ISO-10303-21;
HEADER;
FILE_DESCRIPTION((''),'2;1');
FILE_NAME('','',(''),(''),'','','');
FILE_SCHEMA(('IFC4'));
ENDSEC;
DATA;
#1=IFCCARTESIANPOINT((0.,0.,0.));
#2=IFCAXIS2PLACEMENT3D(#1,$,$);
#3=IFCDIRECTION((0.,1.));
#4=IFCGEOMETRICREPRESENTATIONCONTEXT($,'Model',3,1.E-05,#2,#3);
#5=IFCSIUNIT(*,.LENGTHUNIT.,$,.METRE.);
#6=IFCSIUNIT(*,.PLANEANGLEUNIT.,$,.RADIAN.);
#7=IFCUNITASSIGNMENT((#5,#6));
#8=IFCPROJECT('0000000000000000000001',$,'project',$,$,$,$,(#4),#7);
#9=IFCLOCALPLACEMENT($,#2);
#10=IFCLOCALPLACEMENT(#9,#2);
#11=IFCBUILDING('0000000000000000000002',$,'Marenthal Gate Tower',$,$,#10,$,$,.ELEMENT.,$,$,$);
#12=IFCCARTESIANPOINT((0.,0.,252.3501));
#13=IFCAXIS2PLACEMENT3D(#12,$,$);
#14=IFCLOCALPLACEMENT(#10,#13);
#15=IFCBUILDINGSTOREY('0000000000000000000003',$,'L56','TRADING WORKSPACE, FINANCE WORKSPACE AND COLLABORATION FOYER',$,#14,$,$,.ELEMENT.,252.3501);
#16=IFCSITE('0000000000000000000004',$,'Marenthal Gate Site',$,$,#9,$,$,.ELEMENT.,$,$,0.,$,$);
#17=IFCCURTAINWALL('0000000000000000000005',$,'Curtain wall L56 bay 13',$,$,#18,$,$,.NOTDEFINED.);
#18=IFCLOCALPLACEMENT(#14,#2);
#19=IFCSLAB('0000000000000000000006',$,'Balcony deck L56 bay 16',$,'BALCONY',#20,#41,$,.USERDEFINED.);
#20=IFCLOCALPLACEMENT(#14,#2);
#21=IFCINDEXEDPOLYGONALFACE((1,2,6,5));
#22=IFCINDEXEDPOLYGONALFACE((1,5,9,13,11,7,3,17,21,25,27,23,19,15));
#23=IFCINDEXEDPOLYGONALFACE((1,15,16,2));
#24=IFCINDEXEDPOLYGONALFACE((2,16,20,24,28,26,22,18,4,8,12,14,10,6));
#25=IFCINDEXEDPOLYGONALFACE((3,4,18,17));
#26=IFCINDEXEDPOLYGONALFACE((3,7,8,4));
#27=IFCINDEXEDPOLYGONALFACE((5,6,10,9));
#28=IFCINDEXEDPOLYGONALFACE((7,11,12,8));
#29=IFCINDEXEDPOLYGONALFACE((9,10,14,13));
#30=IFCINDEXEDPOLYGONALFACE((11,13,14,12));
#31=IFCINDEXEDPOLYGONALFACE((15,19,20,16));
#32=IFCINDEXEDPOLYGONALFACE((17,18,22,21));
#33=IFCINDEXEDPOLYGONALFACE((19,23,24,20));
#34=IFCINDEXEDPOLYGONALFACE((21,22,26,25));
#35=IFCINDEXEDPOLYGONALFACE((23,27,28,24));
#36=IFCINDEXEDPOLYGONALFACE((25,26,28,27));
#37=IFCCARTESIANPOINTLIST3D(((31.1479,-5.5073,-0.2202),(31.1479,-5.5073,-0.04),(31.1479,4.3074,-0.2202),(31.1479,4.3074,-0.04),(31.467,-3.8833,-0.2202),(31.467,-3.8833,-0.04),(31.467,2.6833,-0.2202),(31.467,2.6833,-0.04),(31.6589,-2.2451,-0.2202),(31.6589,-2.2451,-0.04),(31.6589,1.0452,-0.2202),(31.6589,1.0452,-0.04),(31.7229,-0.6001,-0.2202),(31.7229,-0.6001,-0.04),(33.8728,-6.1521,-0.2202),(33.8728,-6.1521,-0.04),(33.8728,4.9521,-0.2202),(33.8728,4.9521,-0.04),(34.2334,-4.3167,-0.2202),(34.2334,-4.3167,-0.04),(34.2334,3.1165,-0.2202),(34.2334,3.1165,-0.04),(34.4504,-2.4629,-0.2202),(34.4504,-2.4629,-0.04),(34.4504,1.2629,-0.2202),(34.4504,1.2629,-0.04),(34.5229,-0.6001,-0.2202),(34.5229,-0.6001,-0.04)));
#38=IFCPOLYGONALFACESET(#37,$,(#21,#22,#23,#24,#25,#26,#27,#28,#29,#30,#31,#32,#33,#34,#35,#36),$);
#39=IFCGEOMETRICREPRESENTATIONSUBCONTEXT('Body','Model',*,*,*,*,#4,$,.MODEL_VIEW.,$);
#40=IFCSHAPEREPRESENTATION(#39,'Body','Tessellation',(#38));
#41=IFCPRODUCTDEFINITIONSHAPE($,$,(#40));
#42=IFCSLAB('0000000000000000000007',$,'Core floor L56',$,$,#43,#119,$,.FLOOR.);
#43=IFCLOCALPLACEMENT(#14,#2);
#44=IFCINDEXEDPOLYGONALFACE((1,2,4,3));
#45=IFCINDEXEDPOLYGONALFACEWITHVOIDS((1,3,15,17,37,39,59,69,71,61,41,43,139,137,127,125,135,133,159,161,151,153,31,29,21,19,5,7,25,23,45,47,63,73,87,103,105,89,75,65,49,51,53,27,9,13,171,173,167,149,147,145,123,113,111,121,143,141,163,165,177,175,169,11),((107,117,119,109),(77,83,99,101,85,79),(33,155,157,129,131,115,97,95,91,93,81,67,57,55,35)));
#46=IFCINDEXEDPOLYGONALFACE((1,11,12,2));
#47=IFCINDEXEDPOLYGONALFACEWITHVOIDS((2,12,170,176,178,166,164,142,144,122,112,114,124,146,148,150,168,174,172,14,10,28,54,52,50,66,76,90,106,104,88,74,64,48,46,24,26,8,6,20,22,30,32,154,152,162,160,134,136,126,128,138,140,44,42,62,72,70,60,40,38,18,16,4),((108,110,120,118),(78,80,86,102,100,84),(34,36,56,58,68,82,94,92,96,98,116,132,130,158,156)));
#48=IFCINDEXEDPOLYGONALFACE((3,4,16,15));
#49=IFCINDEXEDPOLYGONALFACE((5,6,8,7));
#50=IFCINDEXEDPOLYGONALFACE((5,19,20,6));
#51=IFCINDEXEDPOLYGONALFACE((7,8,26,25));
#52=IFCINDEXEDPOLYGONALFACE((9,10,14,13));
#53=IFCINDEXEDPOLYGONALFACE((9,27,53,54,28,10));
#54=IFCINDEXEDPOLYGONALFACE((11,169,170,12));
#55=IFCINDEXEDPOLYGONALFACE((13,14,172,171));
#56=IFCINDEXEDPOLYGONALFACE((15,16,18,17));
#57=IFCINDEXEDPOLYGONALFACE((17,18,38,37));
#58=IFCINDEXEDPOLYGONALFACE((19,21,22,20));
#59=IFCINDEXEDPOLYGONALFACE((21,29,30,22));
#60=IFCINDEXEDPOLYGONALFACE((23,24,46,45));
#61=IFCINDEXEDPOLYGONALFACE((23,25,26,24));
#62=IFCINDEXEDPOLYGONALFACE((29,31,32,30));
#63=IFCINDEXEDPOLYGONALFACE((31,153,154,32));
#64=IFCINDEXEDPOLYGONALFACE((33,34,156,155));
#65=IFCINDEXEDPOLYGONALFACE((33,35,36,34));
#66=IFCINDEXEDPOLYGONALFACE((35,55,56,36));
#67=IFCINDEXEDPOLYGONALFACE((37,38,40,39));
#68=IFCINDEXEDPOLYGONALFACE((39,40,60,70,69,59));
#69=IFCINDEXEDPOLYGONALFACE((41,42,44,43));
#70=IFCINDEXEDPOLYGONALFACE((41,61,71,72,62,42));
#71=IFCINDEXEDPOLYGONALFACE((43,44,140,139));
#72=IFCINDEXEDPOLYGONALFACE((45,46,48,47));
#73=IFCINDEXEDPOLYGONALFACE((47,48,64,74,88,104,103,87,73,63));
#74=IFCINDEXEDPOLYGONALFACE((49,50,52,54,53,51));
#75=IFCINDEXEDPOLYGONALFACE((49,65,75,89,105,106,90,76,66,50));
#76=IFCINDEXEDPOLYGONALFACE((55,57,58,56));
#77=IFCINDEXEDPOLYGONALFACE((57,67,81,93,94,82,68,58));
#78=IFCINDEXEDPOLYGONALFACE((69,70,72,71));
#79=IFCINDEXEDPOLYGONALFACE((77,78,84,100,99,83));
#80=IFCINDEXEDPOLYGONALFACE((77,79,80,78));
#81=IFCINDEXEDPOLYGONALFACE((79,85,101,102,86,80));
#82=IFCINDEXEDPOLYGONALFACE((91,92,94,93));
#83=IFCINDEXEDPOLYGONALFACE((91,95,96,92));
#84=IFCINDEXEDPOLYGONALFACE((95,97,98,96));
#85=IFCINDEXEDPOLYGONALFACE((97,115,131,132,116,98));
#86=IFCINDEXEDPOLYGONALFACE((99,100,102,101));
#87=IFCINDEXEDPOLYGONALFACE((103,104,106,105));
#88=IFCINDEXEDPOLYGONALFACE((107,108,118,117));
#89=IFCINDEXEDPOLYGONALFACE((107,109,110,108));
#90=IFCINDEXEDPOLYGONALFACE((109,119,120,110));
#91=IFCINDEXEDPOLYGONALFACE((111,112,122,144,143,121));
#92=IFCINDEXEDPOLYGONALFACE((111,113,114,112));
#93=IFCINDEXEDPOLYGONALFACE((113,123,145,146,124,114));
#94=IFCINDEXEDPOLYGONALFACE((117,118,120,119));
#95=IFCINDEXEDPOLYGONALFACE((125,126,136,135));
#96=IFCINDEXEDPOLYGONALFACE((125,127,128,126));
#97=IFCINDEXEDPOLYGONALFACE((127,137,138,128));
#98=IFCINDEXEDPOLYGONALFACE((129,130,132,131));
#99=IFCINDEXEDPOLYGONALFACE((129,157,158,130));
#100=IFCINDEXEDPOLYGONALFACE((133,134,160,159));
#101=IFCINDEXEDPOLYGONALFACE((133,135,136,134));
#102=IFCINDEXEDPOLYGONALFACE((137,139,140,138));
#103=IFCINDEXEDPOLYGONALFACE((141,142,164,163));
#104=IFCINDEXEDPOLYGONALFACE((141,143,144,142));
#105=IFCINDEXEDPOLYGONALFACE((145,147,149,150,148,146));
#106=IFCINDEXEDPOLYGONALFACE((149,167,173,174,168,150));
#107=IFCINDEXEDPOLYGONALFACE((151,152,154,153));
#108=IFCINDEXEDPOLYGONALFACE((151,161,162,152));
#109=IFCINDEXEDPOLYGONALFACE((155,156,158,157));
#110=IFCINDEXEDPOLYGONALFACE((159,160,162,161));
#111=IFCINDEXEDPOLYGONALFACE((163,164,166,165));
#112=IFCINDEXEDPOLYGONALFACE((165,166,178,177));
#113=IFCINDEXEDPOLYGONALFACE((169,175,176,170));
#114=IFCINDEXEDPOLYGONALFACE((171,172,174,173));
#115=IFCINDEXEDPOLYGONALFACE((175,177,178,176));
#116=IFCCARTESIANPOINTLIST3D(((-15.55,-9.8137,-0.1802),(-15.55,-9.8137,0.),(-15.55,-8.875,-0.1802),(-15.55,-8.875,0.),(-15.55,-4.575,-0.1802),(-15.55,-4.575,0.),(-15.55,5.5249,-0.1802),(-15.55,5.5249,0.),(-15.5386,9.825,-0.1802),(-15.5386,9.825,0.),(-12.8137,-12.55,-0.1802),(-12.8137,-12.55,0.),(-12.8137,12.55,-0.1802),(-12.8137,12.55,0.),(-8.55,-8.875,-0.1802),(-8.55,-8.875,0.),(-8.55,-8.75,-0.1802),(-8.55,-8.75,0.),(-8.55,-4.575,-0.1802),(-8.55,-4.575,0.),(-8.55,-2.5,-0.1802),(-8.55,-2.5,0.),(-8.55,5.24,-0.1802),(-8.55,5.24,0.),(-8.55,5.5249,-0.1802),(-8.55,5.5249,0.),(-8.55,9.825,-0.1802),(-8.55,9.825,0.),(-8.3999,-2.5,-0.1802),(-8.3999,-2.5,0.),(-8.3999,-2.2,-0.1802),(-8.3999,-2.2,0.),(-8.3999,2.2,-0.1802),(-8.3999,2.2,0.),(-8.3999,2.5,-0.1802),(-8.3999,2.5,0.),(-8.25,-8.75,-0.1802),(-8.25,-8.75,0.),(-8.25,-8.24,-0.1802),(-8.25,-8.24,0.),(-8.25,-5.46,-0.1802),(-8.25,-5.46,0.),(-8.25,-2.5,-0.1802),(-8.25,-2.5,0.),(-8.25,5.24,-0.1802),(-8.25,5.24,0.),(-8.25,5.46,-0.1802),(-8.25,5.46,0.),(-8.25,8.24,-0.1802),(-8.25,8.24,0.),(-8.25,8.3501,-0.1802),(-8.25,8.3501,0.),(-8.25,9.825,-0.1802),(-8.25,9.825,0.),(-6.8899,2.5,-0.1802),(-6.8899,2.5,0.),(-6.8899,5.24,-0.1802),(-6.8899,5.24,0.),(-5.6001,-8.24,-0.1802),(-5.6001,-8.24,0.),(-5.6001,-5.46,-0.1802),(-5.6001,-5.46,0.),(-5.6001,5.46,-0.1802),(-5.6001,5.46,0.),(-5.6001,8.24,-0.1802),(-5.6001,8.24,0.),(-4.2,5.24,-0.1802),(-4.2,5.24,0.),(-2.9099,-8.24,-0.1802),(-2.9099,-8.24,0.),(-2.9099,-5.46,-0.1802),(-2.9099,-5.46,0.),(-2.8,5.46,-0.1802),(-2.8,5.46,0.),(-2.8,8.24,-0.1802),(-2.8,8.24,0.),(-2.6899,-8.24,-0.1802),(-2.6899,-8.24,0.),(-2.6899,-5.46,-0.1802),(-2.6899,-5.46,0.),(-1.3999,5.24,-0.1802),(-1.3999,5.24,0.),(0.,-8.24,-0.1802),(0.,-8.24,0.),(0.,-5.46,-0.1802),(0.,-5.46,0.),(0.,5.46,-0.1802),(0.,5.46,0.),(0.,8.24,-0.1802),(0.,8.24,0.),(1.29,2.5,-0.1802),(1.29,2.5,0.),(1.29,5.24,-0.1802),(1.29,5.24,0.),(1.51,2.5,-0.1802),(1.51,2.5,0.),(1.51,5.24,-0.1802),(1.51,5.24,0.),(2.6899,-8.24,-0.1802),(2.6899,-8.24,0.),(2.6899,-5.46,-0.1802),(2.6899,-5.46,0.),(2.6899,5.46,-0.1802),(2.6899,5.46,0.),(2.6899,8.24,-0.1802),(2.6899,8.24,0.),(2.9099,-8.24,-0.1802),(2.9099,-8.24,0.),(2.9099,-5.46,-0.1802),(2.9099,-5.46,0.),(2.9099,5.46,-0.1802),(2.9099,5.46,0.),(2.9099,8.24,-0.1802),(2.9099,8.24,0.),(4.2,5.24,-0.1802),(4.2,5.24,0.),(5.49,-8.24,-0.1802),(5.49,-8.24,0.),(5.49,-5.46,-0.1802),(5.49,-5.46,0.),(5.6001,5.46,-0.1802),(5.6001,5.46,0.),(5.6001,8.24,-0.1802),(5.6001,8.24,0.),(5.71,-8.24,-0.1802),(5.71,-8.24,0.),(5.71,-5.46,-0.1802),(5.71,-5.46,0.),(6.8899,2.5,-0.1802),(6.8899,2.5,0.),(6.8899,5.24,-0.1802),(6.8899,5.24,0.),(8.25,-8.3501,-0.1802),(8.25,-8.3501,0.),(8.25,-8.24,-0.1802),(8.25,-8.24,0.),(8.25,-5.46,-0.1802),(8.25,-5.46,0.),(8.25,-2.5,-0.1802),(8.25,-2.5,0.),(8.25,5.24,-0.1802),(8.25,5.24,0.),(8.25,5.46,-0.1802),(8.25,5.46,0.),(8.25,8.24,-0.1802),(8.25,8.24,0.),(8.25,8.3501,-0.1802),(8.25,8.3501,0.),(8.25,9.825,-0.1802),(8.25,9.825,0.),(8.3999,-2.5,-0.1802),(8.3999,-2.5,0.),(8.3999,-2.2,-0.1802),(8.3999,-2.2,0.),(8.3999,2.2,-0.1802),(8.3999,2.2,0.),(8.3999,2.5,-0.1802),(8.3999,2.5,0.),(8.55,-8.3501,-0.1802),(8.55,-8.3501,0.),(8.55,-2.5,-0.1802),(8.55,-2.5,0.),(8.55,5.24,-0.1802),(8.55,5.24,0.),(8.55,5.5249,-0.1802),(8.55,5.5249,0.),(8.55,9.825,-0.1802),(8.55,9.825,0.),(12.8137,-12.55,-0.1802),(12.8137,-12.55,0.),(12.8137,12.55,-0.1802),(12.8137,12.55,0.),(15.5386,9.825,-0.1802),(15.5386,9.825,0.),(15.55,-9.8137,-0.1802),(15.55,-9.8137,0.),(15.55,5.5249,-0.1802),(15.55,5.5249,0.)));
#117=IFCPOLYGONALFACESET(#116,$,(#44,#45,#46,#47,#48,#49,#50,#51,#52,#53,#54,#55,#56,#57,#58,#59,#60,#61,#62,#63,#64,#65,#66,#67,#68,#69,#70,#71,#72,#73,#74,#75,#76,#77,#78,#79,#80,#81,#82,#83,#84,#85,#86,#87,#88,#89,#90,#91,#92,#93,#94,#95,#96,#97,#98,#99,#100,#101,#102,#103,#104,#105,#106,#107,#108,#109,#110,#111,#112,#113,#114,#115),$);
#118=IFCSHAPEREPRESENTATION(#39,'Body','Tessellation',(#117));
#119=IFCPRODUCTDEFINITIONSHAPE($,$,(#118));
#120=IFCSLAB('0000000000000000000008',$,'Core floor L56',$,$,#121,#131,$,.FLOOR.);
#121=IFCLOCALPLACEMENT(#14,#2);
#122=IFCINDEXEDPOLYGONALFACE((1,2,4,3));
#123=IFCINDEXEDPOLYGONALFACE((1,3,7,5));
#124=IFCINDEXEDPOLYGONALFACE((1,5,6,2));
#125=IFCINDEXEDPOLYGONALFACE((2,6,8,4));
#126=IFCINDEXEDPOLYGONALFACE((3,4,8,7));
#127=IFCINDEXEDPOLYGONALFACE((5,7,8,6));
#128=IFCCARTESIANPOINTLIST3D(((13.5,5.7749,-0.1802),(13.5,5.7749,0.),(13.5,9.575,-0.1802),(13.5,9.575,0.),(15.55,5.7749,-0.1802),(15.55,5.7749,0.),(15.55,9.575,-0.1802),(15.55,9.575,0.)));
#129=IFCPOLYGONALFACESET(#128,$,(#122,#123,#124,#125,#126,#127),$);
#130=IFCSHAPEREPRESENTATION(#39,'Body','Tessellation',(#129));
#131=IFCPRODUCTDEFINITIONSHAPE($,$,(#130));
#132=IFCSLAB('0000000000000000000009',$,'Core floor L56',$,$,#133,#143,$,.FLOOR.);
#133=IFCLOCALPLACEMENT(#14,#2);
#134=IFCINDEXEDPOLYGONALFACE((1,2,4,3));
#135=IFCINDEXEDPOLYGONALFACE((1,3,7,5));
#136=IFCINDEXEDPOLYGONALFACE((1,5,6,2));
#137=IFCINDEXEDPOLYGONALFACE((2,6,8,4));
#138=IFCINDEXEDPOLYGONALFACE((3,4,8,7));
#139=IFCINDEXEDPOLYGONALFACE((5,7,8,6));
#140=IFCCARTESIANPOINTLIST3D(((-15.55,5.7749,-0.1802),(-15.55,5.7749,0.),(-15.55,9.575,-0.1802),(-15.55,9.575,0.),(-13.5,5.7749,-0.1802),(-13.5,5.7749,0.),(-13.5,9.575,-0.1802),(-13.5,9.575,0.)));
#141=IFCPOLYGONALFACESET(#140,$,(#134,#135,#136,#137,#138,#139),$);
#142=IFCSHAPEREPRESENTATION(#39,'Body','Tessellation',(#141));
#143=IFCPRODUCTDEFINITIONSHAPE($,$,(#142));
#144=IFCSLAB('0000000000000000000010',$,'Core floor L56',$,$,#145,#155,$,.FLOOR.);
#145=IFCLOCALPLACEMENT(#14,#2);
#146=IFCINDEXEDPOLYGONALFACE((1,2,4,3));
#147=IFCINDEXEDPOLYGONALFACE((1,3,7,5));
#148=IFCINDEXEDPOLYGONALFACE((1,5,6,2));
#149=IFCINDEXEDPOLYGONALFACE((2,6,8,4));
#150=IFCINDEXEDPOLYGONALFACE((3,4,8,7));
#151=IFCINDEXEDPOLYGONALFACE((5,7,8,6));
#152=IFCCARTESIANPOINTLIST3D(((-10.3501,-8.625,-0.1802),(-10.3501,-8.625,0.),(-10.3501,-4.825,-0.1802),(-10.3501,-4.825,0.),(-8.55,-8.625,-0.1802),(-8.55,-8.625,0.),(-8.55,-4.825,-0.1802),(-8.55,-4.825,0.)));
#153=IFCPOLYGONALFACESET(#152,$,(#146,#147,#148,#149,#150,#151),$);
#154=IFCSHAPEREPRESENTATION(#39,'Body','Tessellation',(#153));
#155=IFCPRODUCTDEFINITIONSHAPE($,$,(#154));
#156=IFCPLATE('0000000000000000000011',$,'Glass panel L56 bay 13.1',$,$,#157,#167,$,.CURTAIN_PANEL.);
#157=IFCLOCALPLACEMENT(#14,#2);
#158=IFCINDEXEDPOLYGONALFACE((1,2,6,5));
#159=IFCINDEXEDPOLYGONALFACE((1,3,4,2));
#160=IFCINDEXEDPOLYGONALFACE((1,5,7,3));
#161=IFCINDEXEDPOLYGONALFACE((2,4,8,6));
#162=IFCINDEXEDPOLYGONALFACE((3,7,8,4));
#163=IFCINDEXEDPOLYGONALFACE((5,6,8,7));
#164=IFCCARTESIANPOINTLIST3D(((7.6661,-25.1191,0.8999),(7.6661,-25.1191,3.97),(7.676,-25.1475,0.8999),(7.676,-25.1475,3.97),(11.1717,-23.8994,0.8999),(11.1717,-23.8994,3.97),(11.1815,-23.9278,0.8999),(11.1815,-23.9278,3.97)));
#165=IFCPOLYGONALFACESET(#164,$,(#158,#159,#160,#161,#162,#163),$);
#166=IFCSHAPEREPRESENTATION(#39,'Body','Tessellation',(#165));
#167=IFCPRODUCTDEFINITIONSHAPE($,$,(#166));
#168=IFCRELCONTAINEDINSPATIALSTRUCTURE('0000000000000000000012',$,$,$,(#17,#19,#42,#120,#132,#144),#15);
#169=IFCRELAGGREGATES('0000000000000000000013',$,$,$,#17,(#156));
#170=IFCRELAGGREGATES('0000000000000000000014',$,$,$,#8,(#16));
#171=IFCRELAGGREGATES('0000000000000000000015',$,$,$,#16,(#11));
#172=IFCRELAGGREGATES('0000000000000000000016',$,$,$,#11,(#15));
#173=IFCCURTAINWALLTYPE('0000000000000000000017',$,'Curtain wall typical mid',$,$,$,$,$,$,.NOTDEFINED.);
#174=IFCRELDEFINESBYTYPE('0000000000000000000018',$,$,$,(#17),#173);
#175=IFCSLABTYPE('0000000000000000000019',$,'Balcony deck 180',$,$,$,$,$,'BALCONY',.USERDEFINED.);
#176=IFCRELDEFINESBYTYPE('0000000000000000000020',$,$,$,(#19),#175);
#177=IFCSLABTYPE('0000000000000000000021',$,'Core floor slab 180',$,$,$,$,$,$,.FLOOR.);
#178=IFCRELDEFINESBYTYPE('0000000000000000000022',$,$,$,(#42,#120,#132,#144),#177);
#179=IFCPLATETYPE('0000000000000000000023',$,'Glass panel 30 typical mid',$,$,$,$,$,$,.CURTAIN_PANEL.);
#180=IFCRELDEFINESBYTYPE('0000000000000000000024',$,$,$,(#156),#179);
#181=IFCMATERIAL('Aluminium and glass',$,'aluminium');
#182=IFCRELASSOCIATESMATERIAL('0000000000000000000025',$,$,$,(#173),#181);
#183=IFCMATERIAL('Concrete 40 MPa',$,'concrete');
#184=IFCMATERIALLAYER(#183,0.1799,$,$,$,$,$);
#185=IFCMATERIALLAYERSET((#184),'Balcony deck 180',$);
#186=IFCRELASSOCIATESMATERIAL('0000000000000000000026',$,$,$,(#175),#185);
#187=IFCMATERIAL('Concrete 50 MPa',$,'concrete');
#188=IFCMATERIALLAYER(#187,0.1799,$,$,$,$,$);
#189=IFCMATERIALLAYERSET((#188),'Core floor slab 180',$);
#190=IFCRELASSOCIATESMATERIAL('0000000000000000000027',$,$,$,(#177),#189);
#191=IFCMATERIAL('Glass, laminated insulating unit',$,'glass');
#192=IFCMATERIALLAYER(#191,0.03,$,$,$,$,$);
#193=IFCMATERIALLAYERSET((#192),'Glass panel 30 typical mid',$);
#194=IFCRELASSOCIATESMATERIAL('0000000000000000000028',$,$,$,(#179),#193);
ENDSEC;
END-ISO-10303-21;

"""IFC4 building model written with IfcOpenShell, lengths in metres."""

from ifc_helpers import new_model, si_unit, direction, frame, origin, origin_2d, place, context, subcontext, project, spatial, polyline, rectangle, outline, extrude, material, layer, layer_set, type_object, element, aggregate, save


model = new_model("IFC4")

# Units and contexts
model_context = context("Model", 3, precision=1e-05, world=origin(), true_north=direction((0.0, 1.0)))
body_context = subcontext(model_context, "Body", "Model", "MODEL_VIEW")
ifc_project = project(units=[si_unit("LENGTHUNIT", "METRE"), si_unit("PLANEANGLEUNIT", "RADIAN")], contexts=[model_context])

# Site, building, storey
site_placement = place(None, origin())
site = spatial("IfcSite", under=ifc_project, at=site_placement, Name="Marenthal Gate Site", CompositionType="ELEMENT", RefElevation=0.0)
building_placement = place(site_placement, origin())
building = spatial("IfcBuilding", under=site, at=building_placement, Name="Marenthal Gate Tower", CompositionType="ELEMENT")
storey_placement = place(building_placement, frame((0.0, 0.0, 252.3501)))
storey = spatial("IfcBuildingStorey", under=building, at=storey_placement, Name="L56", Description="TRADING WORKSPACE, FINANCE WORKSPACE AND COLLABORATION FOYER", CompositionType="ELEMENT", Elevation=252.3501)

# Curtain wall
ifc_material_1 = material(Name="Aluminium and glass", Category="aluminium")
curtain_wall_type = type_object("IfcCurtainWallType", Name="Curtain wall typical mid", PredefinedType="NOTDEFINED", material=ifc_material_1)
curtain_wall_placement = place(storey_placement, origin())
curtain_wall = element("IfcCurtainWall", 1, at=curtain_wall_placement, inside=storey, type_object=curtain_wall_type, Name="Curtain wall L56 bay 13", PredefinedType="NOTDEFINED")

# Slabs
ifc_material_2 = material(Name="Concrete 40 MPa", Category="concrete")
ifc_layer_1 = layer(ifc_material_2, 0.1799)
ifc_layer_set_1 = layer_set([ifc_layer_1], Name="Balcony deck 180")
slab_type_1 = type_object("IfcSlabType", Name="Balcony deck 180", ElementType="BALCONY", PredefinedType="USERDEFINED", material=ifc_layer_set_1)
slab_1_placement = place(storey_placement, frame((0.0, 0.0, -0.2202)))
element("IfcSlab", 2, at=slab_1_placement, inside=storey, type_object=slab_type_1, Name="Balcony deck L56 bay 16", ObjectType="BALCONY", PredefinedType="USERDEFINED", context=body_context, shape_type="SweptSolid", body=[
    extrude(outline(polyline([(31.1479, -5.5073), (31.467, -3.8833), (31.6589, -2.2451), (31.7229, -0.6001), (31.6589, 1.0452), (31.467, 2.6833), (31.1479, 4.3074), (33.8728, 4.9521), (34.2334, 3.1165), (34.4504, 1.2629), (34.5229, -0.6001), (34.4504, -2.4629), (34.2334, -4.3167), (33.8728, -6.1521), (31.1479, -5.5073)])), origin(), (0.0, 0.0, 1.0), 0.1802),
])
ifc_material_3 = material(Name="Concrete 50 MPa", Category="concrete")
ifc_layer_2 = layer(ifc_material_3, 0.1799)
ifc_layer_set_2 = layer_set([ifc_layer_2], Name="Core floor slab 180")
slab_type_2 = type_object("IfcSlabType", Name="Core floor slab 180", PredefinedType="FLOOR", material=ifc_layer_set_2)
slab_2_placement = place(storey_placement, frame((0.0, 0.0, -0.1802)))
element("IfcSlab", 3, at=slab_2_placement, inside=storey, type_object=slab_type_2, Name="Core floor L56", PredefinedType="FLOOR", context=body_context, shape_type="SweptSolid", body=[
    extrude(outline(polyline([(12.8137, -12.55), (-12.8137, -12.55), (-15.55, -9.8137), (-15.55, -8.875), (-8.55, -8.875), (-8.55, -8.75), (-8.25, -8.75), (-8.25, -8.24), (-5.6001, -8.24), (-2.9099, -8.24), (-2.9099, -5.46), (-5.6001, -5.46), (-8.25, -5.46), (-8.25, -2.5), (8.25, -2.5), (8.25, -5.46), (5.71, -5.46), (5.71, -8.24), (8.25, -8.24), (8.25, -8.3501), (8.55, -8.3501), (8.55, -2.5), (8.3999, -2.5), (8.3999, -2.2), (-8.3999, -2.2), (-8.3999, -2.5), (-8.55, -2.5), (-8.55, -4.575), (-15.55, -4.575), (-15.55, 5.5249), (-8.55, 5.5249), (-8.55, 5.24), (-8.25, 5.24), (-8.25, 5.46), (-5.6001, 5.46), (-2.8, 5.46), (0.0, 5.46), (2.6899, 5.46), (2.6899, 8.24), (0.0, 8.24), (-2.8, 8.24), (-5.6001, 8.24), (-8.25, 8.24), (-8.25, 8.3501), (-8.25, 9.825), (-8.55, 9.825), (-15.5386, 9.825), (-12.8137, 12.55), (12.8137, 12.55), (15.5386, 9.825), (8.55, 9.825), (8.25, 9.825), (8.25, 8.3501), (8.25, 8.24), (5.6001, 8.24), (2.9099, 8.24), (2.9099, 5.46), (5.6001, 5.46), (8.25, 5.46), (8.25, 5.24), (8.55, 5.24), (8.55, 5.5249), (15.55, 5.5249), (15.55, -9.8137), (12.8137, -12.55)]), holes=[polyline([(2.6899, -8.24), (2.6899, -5.46), (0.0, -5.46), (-2.6899, -5.46), (-2.6899, -8.24), (0.0, -8.24), (2.6899, -8.24)]), polyline([(-6.8899, 5.24), (-6.8899, 2.5), (-8.3999, 2.5), (-8.3999, 2.2), (8.3999, 2.2), (8.3999, 2.5), (6.8899, 2.5), (6.8899, 5.24), (4.2, 5.24), (1.51, 5.24), (1.51, 2.5), (1.29, 2.5), (1.29, 5.24), (-1.3999, 5.24), (-4.2, 5.24), (-6.8899, 5.24)]), polyline([(5.49, -5.46), (2.9099, -5.46), (2.9099, -8.24), (5.49, -8.24), (5.49, -5.46)])]), origin(), (0.0, 0.0, 1.0), 0.1802),
])
slab_3_placement = place(storey_placement, frame((0.0, 0.0, -0.1802)))
element("IfcSlab", 4, at=slab_3_placement, inside=storey, type_object=slab_type_2, Name="Core floor L56", PredefinedType="FLOOR", context=body_context, shape_type="SweptSolid", body=[
    extrude(outline(polyline([(15.55, 5.7749), (13.5, 5.7749), (13.5, 9.575), (15.55, 9.575), (15.55, 5.7749)])), origin(), (0.0, 0.0, 1.0), 0.1802),
])
slab_4_placement = place(storey_placement, frame((0.0, 0.0, -0.1802)))
element("IfcSlab", 5, at=slab_4_placement, inside=storey, type_object=slab_type_2, Name="Core floor L56", PredefinedType="FLOOR", context=body_context, shape_type="SweptSolid", body=[
    extrude(outline(polyline([(-15.55, 9.575), (-13.5, 9.575), (-13.5, 5.7749), (-15.55, 5.7749), (-15.55, 9.575)])), origin(), (0.0, 0.0, 1.0), 0.1802),
])
slab_5_placement = place(storey_placement, frame((0.0, 0.0, -0.1802)))
element("IfcSlab", 6, at=slab_5_placement, inside=storey, type_object=slab_type_2, Name="Core floor L56", PredefinedType="FLOOR", context=body_context, shape_type="SweptSolid", body=[
    extrude(outline(polyline([(-8.55, -8.625), (-10.3501, -8.625), (-10.3501, -4.825), (-8.55, -4.825), (-8.55, -8.625)])), origin(), (0.0, 0.0, 1.0), 0.1802),
])

# Plate
ifc_material_4 = material(Name="Glass, laminated insulating unit", Category="glass")
ifc_layer_3 = layer(ifc_material_4, 0.03)
ifc_layer_set_3 = layer_set([ifc_layer_3], Name="Glass panel 30 typical mid")
plate_type = type_object("IfcPlateType", Name="Glass panel 30 typical mid", PredefinedType="CURTAIN_PANEL", material=ifc_layer_set_3)
plate_1_placement = place(storey_placement, frame((9.4238, -24.5234, 0.8999), z_axis=(0.0, 0.0, 1.0), x_axis=(0.944465, 0.328612, 0.0)))
plate_1 = element("IfcPlate", 7, at=plate_1_placement, type_object=plate_type, Name="Glass panel L56 bay 13.1", PredefinedType="CURTAIN_PANEL", context=body_context, shape_type="SweptSolid", body=[
    extrude(rectangle(XDim=3.7117, YDim=0.03, at=origin_2d()), origin(), (0.0, 0.0, 1.0), 3.0701),
])
aggregate(curtain_wall, [plate_1])

save(model, "model.ifc")
